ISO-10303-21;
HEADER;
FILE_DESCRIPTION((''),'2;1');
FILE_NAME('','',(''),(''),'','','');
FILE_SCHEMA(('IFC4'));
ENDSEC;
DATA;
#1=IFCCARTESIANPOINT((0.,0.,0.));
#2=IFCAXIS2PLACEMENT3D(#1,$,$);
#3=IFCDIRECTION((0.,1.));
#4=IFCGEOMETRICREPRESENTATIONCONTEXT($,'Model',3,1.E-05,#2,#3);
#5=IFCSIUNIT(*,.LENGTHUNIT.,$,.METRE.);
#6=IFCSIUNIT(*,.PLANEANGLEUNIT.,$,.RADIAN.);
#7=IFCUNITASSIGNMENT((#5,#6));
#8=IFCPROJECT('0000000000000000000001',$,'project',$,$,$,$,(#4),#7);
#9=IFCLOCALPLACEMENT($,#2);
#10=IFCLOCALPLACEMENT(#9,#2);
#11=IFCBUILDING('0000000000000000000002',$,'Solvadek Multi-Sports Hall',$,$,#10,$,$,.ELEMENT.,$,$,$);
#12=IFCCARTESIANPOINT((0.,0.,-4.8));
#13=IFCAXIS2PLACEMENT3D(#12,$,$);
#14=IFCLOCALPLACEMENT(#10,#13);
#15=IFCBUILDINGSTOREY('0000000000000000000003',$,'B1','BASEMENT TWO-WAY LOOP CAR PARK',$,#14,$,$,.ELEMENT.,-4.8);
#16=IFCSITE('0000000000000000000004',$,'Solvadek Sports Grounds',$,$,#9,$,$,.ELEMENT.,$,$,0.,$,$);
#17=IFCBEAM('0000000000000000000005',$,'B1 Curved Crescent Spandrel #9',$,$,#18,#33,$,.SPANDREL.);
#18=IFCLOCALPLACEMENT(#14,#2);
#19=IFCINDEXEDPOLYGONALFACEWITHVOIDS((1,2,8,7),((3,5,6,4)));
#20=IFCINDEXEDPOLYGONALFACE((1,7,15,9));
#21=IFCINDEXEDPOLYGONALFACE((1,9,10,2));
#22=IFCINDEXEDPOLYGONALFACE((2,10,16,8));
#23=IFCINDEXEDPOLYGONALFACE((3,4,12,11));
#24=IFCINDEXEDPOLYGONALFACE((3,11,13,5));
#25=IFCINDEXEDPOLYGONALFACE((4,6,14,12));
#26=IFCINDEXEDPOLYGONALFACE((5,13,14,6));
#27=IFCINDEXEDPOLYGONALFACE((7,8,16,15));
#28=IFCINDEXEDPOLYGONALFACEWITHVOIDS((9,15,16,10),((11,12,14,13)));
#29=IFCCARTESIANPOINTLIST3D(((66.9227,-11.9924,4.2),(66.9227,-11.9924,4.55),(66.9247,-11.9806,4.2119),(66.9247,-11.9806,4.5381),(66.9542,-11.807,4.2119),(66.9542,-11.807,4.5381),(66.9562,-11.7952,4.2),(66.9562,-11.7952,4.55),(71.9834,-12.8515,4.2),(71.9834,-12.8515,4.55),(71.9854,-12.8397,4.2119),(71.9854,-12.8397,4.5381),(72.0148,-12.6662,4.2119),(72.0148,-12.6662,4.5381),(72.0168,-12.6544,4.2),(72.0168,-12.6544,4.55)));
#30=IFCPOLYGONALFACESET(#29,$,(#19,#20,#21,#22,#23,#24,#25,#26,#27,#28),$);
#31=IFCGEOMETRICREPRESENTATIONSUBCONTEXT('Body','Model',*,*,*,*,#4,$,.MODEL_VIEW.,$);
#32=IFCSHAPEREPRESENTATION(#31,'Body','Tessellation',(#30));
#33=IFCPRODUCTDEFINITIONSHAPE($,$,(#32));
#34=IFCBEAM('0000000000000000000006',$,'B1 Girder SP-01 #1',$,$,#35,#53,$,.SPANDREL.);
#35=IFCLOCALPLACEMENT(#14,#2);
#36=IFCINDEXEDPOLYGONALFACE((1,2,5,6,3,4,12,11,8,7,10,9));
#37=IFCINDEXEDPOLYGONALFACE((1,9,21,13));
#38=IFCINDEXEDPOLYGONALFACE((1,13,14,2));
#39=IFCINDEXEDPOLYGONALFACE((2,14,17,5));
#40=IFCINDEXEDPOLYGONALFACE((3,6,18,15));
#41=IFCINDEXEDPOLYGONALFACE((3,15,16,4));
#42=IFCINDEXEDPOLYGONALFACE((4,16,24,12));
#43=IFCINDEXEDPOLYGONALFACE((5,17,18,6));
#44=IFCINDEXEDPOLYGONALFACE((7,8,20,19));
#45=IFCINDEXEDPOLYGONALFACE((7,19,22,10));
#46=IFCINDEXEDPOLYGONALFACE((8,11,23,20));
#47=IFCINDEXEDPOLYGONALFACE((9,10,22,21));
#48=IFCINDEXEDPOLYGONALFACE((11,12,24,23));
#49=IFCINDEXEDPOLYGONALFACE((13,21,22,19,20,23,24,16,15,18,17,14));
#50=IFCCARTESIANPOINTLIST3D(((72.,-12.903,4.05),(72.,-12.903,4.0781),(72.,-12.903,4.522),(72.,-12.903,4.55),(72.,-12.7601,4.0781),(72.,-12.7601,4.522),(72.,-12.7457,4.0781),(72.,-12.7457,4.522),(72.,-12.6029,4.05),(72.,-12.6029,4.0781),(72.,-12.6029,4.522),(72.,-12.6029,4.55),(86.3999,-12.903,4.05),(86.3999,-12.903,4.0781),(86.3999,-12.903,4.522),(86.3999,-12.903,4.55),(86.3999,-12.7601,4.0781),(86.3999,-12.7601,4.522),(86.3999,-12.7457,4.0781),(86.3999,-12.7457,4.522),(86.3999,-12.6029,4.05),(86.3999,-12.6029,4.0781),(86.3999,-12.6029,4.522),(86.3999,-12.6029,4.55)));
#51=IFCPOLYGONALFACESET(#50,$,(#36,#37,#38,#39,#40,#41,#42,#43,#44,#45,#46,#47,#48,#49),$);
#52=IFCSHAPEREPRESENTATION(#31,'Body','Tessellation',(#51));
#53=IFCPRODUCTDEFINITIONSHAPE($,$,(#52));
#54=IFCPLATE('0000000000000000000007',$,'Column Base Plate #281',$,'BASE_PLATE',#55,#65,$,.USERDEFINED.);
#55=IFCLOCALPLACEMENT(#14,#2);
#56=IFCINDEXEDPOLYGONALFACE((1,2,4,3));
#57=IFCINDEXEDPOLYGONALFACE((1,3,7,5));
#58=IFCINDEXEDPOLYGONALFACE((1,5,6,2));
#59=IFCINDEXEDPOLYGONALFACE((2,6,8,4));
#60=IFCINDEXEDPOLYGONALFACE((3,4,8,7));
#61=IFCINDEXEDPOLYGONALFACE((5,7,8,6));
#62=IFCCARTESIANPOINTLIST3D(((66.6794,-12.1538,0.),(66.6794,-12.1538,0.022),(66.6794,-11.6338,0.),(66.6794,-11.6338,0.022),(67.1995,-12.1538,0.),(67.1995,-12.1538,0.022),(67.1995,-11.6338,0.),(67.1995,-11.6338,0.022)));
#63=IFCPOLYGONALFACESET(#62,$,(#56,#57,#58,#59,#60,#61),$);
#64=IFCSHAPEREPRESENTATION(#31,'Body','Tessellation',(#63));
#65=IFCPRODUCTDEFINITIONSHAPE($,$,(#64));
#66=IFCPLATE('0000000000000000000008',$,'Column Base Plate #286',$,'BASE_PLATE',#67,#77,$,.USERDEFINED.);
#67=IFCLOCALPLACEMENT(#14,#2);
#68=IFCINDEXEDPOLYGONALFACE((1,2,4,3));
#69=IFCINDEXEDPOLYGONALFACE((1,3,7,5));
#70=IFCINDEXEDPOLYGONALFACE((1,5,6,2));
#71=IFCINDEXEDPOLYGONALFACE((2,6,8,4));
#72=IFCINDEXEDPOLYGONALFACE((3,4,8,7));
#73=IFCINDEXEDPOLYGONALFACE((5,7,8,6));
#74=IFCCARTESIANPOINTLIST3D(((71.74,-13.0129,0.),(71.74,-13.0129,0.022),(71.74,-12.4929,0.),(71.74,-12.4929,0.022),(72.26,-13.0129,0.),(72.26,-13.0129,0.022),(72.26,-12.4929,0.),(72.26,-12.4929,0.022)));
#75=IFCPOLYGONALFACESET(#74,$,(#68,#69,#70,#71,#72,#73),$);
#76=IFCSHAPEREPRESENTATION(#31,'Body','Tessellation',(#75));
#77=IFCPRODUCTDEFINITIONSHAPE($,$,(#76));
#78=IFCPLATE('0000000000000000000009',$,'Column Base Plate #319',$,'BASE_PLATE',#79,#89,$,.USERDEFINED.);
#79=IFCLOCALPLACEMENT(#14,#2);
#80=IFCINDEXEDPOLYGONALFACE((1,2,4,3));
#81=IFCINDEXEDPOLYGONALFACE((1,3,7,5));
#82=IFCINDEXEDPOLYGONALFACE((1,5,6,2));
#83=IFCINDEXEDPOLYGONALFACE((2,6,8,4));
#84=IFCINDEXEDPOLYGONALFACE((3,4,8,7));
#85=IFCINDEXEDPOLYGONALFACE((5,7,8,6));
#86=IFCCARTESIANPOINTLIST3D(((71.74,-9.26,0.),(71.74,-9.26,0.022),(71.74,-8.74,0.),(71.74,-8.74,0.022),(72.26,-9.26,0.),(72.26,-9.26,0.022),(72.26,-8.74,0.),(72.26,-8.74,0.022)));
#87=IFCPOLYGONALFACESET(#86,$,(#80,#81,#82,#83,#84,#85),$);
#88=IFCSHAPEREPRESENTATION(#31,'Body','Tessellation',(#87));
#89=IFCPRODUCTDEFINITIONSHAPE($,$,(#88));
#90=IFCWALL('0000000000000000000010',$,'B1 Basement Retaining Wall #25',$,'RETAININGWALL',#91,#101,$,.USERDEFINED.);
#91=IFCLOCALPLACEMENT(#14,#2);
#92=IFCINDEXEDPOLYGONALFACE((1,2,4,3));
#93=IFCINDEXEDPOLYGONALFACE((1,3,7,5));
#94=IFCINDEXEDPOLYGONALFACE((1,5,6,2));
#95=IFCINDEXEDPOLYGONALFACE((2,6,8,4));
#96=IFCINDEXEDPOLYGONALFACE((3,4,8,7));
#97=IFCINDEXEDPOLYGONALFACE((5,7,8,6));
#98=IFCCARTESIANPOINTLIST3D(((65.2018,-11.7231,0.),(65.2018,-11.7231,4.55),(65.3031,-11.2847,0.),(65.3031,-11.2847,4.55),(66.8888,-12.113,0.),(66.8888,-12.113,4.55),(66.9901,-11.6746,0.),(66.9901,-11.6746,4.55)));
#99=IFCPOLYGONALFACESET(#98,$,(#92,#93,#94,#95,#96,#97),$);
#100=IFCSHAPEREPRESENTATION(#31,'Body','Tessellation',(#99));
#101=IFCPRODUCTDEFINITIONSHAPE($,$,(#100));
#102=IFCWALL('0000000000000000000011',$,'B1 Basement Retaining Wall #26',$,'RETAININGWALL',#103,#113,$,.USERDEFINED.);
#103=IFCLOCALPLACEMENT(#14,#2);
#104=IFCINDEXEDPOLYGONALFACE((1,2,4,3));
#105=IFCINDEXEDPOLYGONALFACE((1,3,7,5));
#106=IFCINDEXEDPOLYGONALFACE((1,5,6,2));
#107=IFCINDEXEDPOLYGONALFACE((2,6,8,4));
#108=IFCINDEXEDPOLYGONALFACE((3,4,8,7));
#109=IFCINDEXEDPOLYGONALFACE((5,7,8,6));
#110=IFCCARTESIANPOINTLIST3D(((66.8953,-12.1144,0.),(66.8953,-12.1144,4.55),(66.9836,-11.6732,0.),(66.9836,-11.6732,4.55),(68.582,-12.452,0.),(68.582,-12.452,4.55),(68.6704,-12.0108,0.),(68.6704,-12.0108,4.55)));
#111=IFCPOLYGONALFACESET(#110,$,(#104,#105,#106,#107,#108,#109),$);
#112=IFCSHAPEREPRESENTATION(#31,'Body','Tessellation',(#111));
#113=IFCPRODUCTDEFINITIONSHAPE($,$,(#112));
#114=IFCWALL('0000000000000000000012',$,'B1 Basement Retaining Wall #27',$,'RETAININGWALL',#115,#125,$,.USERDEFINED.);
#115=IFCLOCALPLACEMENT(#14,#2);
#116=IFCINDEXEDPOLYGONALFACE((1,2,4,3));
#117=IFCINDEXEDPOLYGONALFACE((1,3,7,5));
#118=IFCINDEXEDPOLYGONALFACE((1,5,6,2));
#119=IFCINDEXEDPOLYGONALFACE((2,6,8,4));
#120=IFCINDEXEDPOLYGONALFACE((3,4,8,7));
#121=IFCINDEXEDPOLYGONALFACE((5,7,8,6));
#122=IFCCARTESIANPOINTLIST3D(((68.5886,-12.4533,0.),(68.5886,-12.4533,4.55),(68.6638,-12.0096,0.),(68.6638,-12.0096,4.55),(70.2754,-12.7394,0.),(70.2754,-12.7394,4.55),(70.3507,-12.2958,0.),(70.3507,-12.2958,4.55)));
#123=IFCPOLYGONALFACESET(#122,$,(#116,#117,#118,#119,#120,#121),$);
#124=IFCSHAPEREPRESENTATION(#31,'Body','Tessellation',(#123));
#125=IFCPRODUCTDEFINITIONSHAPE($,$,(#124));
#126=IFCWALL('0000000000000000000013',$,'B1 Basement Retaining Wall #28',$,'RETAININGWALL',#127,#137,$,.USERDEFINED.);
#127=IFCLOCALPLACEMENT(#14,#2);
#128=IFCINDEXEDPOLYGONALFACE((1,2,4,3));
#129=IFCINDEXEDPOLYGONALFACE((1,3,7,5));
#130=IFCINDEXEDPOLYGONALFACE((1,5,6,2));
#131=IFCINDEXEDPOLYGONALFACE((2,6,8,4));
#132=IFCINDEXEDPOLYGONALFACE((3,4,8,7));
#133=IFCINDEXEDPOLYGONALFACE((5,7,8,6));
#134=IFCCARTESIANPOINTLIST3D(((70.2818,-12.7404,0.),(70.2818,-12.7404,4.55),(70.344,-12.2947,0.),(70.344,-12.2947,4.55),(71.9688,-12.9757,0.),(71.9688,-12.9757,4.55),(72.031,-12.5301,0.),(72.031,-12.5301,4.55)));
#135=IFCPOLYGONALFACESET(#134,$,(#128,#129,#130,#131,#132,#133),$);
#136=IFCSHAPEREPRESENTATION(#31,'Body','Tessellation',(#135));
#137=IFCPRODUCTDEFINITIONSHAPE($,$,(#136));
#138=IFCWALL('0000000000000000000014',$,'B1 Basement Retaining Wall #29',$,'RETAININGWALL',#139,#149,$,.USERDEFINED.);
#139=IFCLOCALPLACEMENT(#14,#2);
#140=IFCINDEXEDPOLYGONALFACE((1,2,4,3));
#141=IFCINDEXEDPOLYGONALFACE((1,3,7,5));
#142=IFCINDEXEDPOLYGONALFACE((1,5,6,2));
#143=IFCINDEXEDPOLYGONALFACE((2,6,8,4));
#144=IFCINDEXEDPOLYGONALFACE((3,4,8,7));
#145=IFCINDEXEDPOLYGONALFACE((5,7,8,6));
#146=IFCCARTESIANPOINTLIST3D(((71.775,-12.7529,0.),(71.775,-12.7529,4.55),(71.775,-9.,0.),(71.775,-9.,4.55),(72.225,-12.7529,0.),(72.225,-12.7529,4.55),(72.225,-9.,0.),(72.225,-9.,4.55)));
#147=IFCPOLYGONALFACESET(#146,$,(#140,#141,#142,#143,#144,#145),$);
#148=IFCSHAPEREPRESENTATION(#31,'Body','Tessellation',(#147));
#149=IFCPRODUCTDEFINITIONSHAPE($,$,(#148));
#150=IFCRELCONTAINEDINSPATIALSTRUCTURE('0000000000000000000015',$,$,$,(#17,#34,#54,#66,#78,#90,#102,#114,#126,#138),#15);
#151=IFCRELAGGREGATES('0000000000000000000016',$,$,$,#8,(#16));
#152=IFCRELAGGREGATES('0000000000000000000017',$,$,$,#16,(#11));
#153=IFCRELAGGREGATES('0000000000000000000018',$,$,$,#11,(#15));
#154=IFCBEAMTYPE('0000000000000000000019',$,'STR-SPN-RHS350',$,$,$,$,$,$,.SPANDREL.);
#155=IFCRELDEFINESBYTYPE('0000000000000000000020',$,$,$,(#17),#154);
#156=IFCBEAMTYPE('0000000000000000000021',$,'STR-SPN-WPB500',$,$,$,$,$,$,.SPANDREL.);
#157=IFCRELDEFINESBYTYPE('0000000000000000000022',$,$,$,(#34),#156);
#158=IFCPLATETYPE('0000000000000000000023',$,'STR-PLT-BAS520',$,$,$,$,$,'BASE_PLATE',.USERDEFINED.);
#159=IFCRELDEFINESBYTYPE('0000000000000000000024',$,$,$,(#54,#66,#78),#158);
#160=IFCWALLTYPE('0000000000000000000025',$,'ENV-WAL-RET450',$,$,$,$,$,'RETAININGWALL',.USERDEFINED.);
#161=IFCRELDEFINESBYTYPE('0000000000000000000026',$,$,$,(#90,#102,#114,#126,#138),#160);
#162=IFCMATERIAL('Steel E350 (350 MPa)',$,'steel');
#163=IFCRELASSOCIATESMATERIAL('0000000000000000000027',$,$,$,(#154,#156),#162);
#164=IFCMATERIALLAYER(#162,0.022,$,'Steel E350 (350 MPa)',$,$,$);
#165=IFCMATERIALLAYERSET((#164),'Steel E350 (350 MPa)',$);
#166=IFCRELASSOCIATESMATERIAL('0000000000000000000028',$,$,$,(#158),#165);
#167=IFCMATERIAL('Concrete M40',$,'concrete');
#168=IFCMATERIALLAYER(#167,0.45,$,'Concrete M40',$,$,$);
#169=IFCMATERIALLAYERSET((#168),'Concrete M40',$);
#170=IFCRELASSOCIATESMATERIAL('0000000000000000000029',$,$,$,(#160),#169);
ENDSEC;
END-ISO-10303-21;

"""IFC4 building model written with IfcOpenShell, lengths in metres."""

from ifc_helpers import new_model, si_unit, direction, frame, frame_2d, origin, origin_2d, place, context, subcontext, project, spatial, rectangle, hollow_rectangle, i_section, extrude, material, layer, layer_set, material_profile, profile_set, type_object, element, save


model = new_model("IFC4")

# Units and contexts
model_context = context("Model", 3, precision=1e-05, world=origin(), true_north=direction((0.0, 1.0)))
body_context = subcontext(model_context, "Body", "Model", "MODEL_VIEW")
ifc_project = project(units=[si_unit("LENGTHUNIT", "METRE"), si_unit("PLANEANGLEUNIT", "RADIAN")], contexts=[model_context])

# Site, building, storey
site_placement = place(None, origin())
site = spatial("IfcSite", under=ifc_project, at=site_placement, Name="Solvadek Sports Grounds", CompositionType="ELEMENT", RefElevation=0.0)
building_placement = place(site_placement, origin())
building = spatial("IfcBuilding", under=site, at=building_placement, Name="Solvadek Multi-Sports Hall", CompositionType="ELEMENT")
storey_placement = place(building_placement, frame((0.0, 0.0, -4.8)))
storey = spatial("IfcBuildingStorey", under=building, at=storey_placement, Name="B1", Description="BASEMENT TWO-WAY LOOP CAR PARK", CompositionType="ELEMENT", Elevation=-4.8)

# Shared definitions
ifc_material_1 = material(Name="Concrete M40", Category="concrete")

# Shared definitions
ifc_material_2 = material(Name="Steel E350 (350 MPa)", Category="steel")

# Beams
ifc_material_profile_1 = material_profile(ifc_material_2, hollow_rectangle(XDim=0.2, YDim=0.3501, WallThickness=0.012, at=origin_2d()), Name="RHS 350x200x12")
ifc_profile_set_1 = profile_set([ifc_material_profile_1], Name="Steel E350 (350 MPa)")
beam_type_1 = type_object("IfcBeamType", Name="STR-SPN-RHS350", PredefinedType="SPANDREL", material=ifc_profile_set_1)
beam_1_placement = place(storey_placement, frame((66.9395, -11.8938, 4.375), z_axis=(0.985893, -0.167375, 0.0), x_axis=(0.167375, 0.985893, 0.0)))
element("IfcBeam", 1, at=beam_1_placement, inside=storey, type_object=beam_type_1, Name="B1 Curved Crescent Spandrel #9", PredefinedType="SPANDREL", context=body_context, shape_type="SweptSolid", body=[
    extrude(hollow_rectangle(XDim=0.2, YDim=0.3501, WallThickness=0.012, at=origin_2d()), origin(), (0.0, 0.0, 1.0), 5.1331),
])
ifc_material_profile_2 = material_profile(ifc_material_2, i_section(OverallWidth=0.3, OverallDepth=0.5, WebThickness=0.0144, FlangeThickness=0.0281, at=origin_2d()), Name="WPB 500")
ifc_profile_set_2 = profile_set([ifc_material_profile_2], Name="Steel E350 (350 MPa)")
beam_type_2 = type_object("IfcBeamType", Name="STR-SPN-WPB500", PredefinedType="SPANDREL", material=ifc_profile_set_2)
beam_2_placement = place(storey_placement, frame((72.0, -12.7529, 4.3), z_axis=(1.0, 0.0, 0.0), x_axis=(0.0, 1.0, 0.0)))
element("IfcBeam", 2, at=beam_2_placement, inside=storey, type_object=beam_type_2, Name="B1 Girder SP-01 #1", PredefinedType="SPANDREL", context=body_context, shape_type="SweptSolid", body=[
    extrude(i_section(OverallWidth=0.3, OverallDepth=0.5, WebThickness=0.0144, FlangeThickness=0.0281, at=origin_2d()), origin(), (0.0, 0.0, 1.0), 14.3999),
])

# Plates
ifc_layer_1 = layer(ifc_material_2, 0.022, Name="Steel E350 (350 MPa)")
ifc_layer_set_1 = layer_set([ifc_layer_1], Name="Steel E350 (350 MPa)")
plate_type = type_object("IfcPlateType", Name="STR-PLT-BAS520", ElementType="BASE_PLATE", PredefinedType="USERDEFINED", material=ifc_layer_set_1)
for number, where, z_axis, x_axis, name in (
    (3, (66.9395, -11.8938, 0.0), (0.0, 0.0, 1.0), (1.0, 0.0, 0.0), "Column Base Plate #281"),
    (4, (72.0, -12.7529, 0.0), (0.0, 0.0, 1.0), (1.0, 0.0, 0.0), "Column Base Plate #286"),
    (5, (72.0, -9.0, 0.0), (0.0, 0.0, 1.0), (1.0, 0.0, 0.0), "Column Base Plate #319"),
):
    element("IfcPlate", number, at=place(storey_placement, frame(where, z_axis=z_axis, x_axis=x_axis)), inside=storey, type_object=plate_type, Name=name, ObjectType="BASE_PLATE", PredefinedType="USERDEFINED", context=body_context, shape_type="SweptSolid", body=[
        extrude(rectangle(XDim=0.52, YDim=0.52, at=origin_2d()), origin(), (0.0, 0.0, 1.0), 0.022),
    ])

# Walls
ifc_layer_2 = layer(ifc_material_1, 0.45, Name="Concrete M40")
ifc_layer_set_2 = layer_set([ifc_layer_2], Name="Concrete M40")
wall_type = type_object("IfcWallType", Name="ENV-WAL-RET450", ElementType="RETAININGWALL", PredefinedType="USERDEFINED", material=ifc_layer_set_2)
wall_1_placement = place(storey_placement, frame((65.2524, -11.5039, 0.0), z_axis=(0.0, 0.0, 1.0), x_axis=(0.974317, -0.225179, 0.0)))
element("IfcWall", 6, at=wall_1_placement, inside=storey, type_object=wall_type, Name="B1 Basement Retaining Wall #25", ObjectType="RETAININGWALL", PredefinedType="USERDEFINED", context=body_context, shape_type="SweptSolid", body=[
    extrude(rectangle(XDim=1.7314, YDim=0.45, at=frame_2d((0.8657, 0.0))), origin(), (0.0, 0.0, 1.0), 4.55),
])
wall_2_placement = place(storey_placement, frame((66.9395, -11.8938, 0.0), z_axis=(0.0, 0.0, 1.0), x_axis=(0.980548, -0.19628, 0.0)))
element("IfcWall", 7, at=wall_2_placement, inside=storey, type_object=wall_type, Name="B1 Basement Retaining Wall #26", ObjectType="RETAININGWALL", PredefinedType="USERDEFINED", context=body_context, shape_type="SweptSolid", body=[
    extrude(rectangle(XDim=1.7202, YDim=0.45, at=frame_2d((0.8601, 0.0))), origin(), (0.0, 0.0, 1.0), 4.55),
])
wall_3_placement = place(storey_placement, frame((68.6262, -12.2314, 0.0), z_axis=(0.0, 0.0, 1.0), x_axis=(0.985915, -0.167245, 0.0)))
element("IfcWall", 8, at=wall_3_placement, inside=storey, type_object=wall_type, Name="B1 Basement Retaining Wall #27", ObjectType="RETAININGWALL", PredefinedType="USERDEFINED", context=body_context, shape_type="SweptSolid", body=[
    extrude(rectangle(XDim=1.7109, YDim=0.45, at=frame_2d((0.8555, 0.0))), origin(), (0.0, 0.0, 1.0), 4.55),
])
wall_4_placement = place(storey_placement, frame((70.313, -12.5176, 0.0), z_axis=(0.0, 0.0, 1.0), x_axis=(0.990409, -0.13817, 0.0)))
element("IfcWall", 9, at=wall_4_placement, inside=storey, type_object=wall_type, Name="B1 Basement Retaining Wall #28", ObjectType="RETAININGWALL", PredefinedType="USERDEFINED", context=body_context, shape_type="SweptSolid", body=[
    extrude(rectangle(XDim=1.7034, YDim=0.45, at=frame_2d((0.8516, 0.0))), origin(), (0.0, 0.0, 1.0), 4.55),
])
wall_5_placement = place(storey_placement, frame((72.0, -12.7529, 0.0), z_axis=(0.0, 0.0, 1.0), x_axis=(0.0, 1.0, 0.0)))
element("IfcWall", 10, at=wall_5_placement, inside=storey, type_object=wall_type, Name="B1 Basement Retaining Wall #29", ObjectType="RETAININGWALL", PredefinedType="USERDEFINED", context=body_context, shape_type="SweptSolid", body=[
    extrude(rectangle(XDim=3.7529, YDim=0.45, at=frame_2d((1.8765, 0.0))), origin(), (0.0, 0.0, 1.0), 4.55),
])

save(model, "model.ifc")
